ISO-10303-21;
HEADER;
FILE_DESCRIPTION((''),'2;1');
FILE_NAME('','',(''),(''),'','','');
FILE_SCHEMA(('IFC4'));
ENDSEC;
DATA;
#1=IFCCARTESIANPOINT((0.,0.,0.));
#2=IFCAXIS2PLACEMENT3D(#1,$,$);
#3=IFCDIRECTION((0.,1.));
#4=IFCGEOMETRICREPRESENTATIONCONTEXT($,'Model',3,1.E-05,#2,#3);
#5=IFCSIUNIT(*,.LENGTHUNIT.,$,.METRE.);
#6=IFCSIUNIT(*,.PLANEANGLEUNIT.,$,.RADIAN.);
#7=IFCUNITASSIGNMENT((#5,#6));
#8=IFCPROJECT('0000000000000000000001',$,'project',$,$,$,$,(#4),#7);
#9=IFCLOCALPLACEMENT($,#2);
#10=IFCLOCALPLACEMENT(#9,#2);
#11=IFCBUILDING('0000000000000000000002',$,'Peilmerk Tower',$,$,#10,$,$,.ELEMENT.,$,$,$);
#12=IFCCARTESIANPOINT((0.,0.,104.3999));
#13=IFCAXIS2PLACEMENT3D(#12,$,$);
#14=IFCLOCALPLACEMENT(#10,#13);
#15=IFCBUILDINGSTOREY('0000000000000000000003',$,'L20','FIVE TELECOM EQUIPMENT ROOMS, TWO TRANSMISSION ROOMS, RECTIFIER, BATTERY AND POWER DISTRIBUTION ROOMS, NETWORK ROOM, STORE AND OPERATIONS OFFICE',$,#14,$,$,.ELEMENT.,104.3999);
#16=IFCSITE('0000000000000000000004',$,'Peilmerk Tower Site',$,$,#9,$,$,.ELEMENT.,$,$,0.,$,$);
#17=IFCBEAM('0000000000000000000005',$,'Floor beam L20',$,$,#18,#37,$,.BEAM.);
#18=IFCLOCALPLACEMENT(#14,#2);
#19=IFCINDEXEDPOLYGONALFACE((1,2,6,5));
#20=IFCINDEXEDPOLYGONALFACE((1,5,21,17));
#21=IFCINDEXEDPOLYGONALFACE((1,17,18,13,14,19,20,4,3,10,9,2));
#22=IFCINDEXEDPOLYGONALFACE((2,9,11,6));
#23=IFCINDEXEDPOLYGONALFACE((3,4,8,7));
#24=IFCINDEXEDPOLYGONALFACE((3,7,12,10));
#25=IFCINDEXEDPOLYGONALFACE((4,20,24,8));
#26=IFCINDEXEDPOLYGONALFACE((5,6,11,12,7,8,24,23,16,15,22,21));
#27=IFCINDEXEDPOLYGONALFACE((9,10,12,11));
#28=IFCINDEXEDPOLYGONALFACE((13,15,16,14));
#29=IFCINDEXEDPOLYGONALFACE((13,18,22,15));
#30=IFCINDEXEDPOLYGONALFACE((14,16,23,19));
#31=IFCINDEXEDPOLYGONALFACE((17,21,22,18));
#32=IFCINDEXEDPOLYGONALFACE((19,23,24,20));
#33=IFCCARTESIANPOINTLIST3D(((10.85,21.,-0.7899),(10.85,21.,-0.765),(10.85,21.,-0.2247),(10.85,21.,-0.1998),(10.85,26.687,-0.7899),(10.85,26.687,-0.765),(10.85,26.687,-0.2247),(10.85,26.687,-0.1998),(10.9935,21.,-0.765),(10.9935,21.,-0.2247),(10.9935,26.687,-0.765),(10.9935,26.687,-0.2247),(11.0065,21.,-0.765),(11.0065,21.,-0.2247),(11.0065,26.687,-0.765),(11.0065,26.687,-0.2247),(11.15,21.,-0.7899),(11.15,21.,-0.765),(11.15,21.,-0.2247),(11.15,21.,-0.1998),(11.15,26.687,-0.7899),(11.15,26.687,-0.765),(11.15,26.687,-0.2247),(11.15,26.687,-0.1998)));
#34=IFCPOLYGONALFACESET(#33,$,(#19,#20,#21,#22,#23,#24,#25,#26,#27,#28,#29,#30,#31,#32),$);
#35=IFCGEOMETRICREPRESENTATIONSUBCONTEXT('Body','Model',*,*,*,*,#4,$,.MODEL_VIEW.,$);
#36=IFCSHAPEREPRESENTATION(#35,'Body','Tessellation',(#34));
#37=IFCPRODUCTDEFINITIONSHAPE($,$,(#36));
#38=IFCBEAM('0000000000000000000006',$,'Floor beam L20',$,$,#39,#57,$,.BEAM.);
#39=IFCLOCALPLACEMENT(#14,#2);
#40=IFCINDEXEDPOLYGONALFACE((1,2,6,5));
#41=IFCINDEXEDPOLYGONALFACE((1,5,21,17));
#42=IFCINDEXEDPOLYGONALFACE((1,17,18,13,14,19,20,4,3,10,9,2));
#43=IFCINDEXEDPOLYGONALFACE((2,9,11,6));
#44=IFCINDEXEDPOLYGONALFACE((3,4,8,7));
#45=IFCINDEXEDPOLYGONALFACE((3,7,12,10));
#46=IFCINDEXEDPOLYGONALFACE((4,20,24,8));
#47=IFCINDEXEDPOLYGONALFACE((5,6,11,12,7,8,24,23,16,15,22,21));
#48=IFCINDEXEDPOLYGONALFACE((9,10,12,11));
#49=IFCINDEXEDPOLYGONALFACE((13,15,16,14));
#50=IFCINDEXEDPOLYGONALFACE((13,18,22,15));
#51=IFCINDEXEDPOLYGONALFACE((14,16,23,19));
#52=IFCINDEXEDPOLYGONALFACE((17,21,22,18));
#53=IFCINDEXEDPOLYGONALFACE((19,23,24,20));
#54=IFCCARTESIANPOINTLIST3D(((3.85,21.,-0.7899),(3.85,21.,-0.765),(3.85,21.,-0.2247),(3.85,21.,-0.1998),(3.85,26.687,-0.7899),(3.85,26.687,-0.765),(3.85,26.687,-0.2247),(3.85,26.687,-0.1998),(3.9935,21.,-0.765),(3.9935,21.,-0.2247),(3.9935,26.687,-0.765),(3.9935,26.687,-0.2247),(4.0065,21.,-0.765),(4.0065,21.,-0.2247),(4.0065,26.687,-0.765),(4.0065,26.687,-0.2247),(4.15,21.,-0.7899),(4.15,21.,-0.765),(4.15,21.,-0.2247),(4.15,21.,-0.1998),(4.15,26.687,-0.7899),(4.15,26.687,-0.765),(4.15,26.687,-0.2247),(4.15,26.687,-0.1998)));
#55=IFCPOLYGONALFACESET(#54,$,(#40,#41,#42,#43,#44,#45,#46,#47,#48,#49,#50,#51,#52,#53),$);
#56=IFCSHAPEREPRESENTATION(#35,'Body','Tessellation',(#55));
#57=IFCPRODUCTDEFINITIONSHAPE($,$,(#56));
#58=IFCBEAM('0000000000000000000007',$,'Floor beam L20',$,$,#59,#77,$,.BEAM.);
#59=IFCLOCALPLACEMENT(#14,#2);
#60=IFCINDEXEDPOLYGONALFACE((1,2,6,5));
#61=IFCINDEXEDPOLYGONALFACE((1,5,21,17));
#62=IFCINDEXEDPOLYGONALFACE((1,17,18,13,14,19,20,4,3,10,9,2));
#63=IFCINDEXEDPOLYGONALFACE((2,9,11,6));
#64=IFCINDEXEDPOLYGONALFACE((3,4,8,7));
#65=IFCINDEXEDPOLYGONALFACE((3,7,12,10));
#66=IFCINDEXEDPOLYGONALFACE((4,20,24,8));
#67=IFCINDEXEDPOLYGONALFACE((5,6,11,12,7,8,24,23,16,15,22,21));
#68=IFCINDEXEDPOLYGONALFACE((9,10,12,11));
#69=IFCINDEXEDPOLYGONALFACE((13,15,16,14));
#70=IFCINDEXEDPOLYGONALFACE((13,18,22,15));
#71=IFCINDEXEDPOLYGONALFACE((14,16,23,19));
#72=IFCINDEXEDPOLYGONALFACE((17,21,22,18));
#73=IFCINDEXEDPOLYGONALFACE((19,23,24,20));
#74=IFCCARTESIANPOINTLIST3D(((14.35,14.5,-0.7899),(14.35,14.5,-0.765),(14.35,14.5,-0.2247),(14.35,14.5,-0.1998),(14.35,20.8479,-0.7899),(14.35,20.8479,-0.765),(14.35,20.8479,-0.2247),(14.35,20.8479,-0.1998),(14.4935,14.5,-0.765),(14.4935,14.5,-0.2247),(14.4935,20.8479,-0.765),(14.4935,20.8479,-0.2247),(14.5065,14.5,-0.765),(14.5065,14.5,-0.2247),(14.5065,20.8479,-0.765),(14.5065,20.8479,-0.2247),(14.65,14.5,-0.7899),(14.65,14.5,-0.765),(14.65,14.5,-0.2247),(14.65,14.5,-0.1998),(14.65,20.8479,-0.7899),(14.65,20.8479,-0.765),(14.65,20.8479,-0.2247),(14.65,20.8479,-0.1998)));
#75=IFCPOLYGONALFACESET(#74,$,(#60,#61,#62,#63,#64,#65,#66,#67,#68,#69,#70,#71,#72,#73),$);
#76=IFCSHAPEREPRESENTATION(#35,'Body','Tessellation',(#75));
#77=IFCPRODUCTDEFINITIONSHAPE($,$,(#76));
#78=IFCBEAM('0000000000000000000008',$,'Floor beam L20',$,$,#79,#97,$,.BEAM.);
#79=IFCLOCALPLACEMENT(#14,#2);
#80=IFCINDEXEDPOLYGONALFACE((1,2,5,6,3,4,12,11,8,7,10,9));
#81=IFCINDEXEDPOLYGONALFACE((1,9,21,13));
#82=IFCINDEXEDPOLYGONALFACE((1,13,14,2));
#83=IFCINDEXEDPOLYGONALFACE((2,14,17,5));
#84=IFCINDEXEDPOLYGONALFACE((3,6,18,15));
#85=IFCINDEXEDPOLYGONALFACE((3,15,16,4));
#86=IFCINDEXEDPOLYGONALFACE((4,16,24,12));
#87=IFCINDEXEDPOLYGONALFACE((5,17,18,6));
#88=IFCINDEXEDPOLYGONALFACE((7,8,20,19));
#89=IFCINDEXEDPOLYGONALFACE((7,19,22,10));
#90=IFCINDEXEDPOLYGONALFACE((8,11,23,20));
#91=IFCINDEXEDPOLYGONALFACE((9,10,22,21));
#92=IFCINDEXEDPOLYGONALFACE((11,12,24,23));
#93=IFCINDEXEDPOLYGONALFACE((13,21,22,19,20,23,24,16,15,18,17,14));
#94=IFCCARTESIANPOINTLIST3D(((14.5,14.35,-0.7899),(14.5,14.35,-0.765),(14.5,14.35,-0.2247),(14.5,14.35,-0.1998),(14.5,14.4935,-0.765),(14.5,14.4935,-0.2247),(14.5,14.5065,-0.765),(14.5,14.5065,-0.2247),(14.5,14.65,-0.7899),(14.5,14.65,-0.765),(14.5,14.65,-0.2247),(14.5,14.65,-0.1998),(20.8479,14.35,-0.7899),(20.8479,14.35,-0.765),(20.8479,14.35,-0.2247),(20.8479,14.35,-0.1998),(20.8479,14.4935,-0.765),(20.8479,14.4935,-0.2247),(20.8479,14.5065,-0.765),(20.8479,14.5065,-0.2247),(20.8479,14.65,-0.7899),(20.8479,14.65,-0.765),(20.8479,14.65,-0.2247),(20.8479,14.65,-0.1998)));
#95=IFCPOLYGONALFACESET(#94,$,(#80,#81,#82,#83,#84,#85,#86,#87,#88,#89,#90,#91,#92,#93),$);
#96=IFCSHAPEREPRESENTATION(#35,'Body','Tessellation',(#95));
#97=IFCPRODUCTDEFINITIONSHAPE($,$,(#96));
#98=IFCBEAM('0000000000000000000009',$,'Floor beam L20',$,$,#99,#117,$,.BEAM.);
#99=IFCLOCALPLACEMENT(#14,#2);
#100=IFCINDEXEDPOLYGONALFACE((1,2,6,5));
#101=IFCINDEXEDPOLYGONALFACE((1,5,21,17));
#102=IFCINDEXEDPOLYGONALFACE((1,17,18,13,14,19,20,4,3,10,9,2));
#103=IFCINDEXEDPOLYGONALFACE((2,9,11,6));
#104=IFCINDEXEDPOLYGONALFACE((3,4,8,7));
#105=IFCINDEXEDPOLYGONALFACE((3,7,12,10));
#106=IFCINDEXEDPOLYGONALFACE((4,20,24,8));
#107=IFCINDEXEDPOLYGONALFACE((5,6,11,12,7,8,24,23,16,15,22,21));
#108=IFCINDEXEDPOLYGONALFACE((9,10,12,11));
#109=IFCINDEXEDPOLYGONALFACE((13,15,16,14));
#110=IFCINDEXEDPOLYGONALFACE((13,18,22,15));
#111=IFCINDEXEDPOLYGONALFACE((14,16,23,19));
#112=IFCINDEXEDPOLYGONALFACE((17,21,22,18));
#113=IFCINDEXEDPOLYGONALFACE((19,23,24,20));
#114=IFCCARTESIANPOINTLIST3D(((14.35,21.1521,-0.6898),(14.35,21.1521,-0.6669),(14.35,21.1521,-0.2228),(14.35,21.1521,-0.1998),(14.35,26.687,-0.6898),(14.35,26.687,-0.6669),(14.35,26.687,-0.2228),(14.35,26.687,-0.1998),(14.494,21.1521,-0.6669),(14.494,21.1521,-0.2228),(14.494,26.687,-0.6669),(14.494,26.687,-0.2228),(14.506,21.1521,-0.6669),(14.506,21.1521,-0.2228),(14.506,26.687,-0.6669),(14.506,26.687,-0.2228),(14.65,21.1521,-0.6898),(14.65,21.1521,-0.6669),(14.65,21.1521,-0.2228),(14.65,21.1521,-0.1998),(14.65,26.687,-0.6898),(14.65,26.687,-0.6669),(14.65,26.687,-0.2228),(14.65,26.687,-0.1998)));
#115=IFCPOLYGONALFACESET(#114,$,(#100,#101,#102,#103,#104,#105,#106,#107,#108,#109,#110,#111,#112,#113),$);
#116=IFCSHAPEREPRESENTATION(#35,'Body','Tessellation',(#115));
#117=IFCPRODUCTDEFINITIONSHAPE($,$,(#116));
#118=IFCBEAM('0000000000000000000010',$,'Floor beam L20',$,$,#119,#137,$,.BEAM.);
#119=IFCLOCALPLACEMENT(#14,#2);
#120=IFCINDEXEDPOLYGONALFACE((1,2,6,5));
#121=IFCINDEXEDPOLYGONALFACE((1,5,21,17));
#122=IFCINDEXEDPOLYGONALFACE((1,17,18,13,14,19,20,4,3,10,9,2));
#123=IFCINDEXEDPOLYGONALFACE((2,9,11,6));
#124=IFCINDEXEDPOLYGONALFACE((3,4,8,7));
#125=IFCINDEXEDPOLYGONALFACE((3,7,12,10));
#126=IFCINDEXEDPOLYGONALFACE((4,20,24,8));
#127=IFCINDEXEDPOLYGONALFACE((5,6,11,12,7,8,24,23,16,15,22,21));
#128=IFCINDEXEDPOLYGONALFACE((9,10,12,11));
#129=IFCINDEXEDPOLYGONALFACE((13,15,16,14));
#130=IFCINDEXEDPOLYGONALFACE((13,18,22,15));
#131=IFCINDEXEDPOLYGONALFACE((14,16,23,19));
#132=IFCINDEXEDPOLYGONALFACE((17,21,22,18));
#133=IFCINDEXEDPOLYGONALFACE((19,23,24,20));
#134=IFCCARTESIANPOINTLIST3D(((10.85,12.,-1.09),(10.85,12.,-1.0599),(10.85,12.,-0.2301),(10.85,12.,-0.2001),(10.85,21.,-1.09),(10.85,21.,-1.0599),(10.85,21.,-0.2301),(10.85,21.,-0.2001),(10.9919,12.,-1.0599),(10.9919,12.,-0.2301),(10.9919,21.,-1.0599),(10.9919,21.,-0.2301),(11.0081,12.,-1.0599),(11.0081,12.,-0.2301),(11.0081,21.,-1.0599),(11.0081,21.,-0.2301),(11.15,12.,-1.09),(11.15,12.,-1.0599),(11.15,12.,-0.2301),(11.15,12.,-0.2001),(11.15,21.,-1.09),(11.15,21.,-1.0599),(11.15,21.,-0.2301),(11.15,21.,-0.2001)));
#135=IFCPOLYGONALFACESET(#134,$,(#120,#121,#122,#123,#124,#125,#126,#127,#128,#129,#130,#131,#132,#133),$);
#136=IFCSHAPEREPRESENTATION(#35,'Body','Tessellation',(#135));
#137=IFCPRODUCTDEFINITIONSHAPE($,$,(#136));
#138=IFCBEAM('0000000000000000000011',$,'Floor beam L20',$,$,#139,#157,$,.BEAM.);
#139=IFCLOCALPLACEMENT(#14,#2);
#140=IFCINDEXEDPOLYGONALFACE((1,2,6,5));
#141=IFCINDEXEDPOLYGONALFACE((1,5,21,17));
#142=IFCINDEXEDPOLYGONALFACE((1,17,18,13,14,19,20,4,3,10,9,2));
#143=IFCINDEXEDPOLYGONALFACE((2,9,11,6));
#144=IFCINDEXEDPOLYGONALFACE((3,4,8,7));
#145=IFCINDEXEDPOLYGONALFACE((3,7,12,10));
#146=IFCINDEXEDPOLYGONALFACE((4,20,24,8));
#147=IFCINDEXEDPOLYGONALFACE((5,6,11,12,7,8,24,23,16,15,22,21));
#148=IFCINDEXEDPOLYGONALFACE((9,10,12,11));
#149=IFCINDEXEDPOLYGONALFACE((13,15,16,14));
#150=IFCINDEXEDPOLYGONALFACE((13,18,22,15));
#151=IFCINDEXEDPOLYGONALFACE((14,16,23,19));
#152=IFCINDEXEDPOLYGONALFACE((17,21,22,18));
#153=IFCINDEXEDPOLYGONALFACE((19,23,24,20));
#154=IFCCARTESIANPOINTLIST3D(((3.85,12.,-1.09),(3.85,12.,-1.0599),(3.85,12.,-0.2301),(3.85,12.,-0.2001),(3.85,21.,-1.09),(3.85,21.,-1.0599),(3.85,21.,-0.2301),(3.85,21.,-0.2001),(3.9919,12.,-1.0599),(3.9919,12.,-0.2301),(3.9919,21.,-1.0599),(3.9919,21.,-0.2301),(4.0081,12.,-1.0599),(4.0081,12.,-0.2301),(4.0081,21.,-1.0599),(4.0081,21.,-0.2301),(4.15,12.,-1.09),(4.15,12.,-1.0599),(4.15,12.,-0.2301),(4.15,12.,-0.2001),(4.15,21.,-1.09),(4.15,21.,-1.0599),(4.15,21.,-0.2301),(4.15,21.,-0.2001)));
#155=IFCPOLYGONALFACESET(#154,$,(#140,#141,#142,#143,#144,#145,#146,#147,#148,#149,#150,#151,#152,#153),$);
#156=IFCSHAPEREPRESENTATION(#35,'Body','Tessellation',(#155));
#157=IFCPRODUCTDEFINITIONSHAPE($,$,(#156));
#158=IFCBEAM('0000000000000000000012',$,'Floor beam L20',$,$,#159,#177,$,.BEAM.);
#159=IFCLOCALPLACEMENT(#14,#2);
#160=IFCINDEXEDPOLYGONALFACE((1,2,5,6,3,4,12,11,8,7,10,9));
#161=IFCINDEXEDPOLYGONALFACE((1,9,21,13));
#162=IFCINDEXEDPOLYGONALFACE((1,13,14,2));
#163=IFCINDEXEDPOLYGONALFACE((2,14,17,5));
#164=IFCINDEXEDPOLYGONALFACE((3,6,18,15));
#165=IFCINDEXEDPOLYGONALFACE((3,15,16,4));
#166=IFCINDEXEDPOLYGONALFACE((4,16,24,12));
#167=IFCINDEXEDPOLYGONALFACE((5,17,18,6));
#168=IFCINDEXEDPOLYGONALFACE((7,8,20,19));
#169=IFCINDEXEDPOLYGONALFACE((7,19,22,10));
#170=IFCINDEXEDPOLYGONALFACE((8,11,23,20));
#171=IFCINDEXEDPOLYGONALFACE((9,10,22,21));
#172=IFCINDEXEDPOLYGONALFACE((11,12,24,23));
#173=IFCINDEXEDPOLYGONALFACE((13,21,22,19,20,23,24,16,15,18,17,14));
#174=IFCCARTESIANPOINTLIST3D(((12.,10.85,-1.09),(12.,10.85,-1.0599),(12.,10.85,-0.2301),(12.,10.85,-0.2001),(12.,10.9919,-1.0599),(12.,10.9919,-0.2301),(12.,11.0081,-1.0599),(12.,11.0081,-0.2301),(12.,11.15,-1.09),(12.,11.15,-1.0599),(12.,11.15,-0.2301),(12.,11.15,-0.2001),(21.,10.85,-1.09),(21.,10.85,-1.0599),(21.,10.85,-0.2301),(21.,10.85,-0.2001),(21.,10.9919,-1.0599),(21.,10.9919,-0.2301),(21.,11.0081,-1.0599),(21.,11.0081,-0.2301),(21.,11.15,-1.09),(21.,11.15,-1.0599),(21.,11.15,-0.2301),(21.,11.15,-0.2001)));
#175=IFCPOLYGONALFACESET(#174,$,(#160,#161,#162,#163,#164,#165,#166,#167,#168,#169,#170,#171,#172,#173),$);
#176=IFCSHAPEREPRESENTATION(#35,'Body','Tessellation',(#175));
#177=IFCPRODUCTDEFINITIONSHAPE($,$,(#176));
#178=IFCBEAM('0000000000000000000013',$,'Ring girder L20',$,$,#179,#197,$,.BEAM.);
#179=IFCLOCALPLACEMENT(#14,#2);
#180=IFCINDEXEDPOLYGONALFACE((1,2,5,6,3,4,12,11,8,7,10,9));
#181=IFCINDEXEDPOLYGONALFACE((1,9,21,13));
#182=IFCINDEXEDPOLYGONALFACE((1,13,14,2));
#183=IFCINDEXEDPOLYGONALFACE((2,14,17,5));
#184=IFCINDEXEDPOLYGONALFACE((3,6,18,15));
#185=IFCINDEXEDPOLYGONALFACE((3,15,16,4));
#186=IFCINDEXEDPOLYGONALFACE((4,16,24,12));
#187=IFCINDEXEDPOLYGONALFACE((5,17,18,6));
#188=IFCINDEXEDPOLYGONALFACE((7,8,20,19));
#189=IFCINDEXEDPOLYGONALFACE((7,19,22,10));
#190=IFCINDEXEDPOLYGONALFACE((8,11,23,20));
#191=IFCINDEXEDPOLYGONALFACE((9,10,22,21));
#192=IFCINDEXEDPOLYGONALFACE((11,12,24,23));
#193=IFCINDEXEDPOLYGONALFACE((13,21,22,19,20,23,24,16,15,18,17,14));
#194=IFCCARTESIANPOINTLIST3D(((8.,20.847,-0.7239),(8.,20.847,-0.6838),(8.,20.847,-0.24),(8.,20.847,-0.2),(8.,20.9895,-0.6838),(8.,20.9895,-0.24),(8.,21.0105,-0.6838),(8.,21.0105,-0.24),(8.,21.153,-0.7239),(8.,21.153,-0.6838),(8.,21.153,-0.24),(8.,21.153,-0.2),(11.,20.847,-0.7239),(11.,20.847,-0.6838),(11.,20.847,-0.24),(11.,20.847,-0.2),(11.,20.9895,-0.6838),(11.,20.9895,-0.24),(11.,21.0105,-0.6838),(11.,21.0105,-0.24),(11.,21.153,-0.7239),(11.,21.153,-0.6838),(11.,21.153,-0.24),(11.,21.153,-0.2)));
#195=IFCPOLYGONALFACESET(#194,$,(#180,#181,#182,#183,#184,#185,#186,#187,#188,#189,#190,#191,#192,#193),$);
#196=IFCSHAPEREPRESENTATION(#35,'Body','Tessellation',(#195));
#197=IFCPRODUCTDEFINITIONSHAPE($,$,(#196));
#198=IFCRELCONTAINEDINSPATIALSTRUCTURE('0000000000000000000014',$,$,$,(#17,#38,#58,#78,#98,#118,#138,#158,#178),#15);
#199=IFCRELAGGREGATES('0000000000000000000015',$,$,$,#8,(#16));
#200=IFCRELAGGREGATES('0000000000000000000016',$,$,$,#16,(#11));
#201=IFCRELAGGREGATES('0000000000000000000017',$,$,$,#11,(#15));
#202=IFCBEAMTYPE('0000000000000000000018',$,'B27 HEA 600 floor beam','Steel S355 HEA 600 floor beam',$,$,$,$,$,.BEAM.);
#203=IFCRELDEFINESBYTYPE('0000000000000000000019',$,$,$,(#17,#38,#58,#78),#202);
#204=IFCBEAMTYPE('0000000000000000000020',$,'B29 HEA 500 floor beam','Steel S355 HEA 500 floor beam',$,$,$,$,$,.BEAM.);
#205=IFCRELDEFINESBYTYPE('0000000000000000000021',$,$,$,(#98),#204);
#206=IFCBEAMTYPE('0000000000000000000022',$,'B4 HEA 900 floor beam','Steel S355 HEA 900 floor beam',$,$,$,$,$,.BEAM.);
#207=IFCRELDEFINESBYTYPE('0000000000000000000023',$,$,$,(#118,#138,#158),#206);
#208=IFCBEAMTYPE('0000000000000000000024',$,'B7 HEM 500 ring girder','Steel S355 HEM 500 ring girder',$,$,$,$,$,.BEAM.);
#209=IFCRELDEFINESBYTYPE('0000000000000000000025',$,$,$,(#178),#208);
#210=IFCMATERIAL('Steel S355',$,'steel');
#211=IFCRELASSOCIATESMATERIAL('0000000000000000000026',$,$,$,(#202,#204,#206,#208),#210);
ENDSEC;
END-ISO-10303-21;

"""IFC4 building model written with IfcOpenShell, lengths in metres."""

from ifc_helpers import new_model, si_unit, direction, frame, origin, origin_2d, place, context, subcontext, project, spatial, i_section, extrude, material, material_profile, profile_set, type_object, element, save


model = new_model("IFC4")

# Units and contexts
model_context = context("Model", 3, precision=1e-05, world=origin(), true_north=direction((0.0, 1.0)))
body_context = subcontext(model_context, "Body", "Model", "MODEL_VIEW")
ifc_project = project(units=[si_unit("LENGTHUNIT", "METRE"), si_unit("PLANEANGLEUNIT", "RADIAN")], contexts=[model_context])

# Site, building, storey
site_placement = place(None, origin())
site = spatial("IfcSite", under=ifc_project, at=site_placement, Name="Peilmerk Tower Site", CompositionType="ELEMENT", RefElevation=0.0)
building_placement = place(site_placement, origin())
building = spatial("IfcBuilding", under=site, at=building_placement, Name="Peilmerk Tower", CompositionType="ELEMENT")
storey_placement = place(building_placement, frame((0.0, 0.0, 104.3999)))
storey = spatial("IfcBuildingStorey", under=building, at=storey_placement, Name="L20", Description="FIVE TELECOM EQUIPMENT ROOMS, TWO TRANSMISSION ROOMS, RECTIFIER, BATTERY AND POWER DISTRIBUTION ROOMS, NETWORK ROOM, STORE AND OPERATIONS OFFICE", CompositionType="ELEMENT", Elevation=104.3999)

# Beams
ifc_material_1 = material(Name="Steel S355", Category="steel")
ifc_material_profile_1 = material_profile(ifc_material_1, i_section(OverallWidth=0.3, OverallDepth=0.5901, WebThickness=0.0129, FlangeThickness=0.0249, at=origin_2d()), Name="HEA 600")
ifc_profile_set_1 = profile_set([ifc_material_profile_1], Name="Steel S355")
beam_type_1 = type_object("IfcBeamType", Name="B27 HEA 600 floor beam", Description="Steel S355 HEA 600 floor beam", PredefinedType="BEAM", material=ifc_profile_set_1)
for number, where, z_axis, x_axis, name in (
    (1, (11.0, 21.0, -0.4949), (0.0, 1.0, 0.0), (-1.0, 0.0, 0.0), "Floor beam L20"),
    (2, (4.0, 21.0, -0.4949), (0.0, 1.0, 0.0), (-1.0, 0.0, 0.0), "Floor beam L20"),
):
    element("IfcBeam", number, at=place(storey_placement, frame(where, z_axis=z_axis, x_axis=x_axis)), inside=storey, type_object=beam_type_1, Name=name, PredefinedType="BEAM", context=body_context, shape_type="SweptSolid", body=[
        extrude(i_section(OverallWidth=0.3, OverallDepth=0.5901, WebThickness=0.0129, FlangeThickness=0.0249, at=origin_2d()), origin(), (0.0, 0.0, 1.0), 5.687),
    ])
for number, where, z_axis, x_axis, name in (
    (3, (14.5, 14.5, -0.4949), (0.0, 1.0, 0.0), (-1.0, 0.0, 0.0), "Floor beam L20"),
    (4, (14.5, 14.5, -0.4949), (1.0, 0.0, 0.0), (0.0, 1.0, 0.0), "Floor beam L20"),
):
    element("IfcBeam", number, at=place(storey_placement, frame(where, z_axis=z_axis, x_axis=x_axis)), inside=storey, type_object=beam_type_1, Name=name, PredefinedType="BEAM", context=body_context, shape_type="SweptSolid", body=[
        extrude(i_section(OverallWidth=0.3, OverallDepth=0.5901, WebThickness=0.0129, FlangeThickness=0.0249, at=origin_2d()), origin(), (0.0, 0.0, 1.0), 6.3479),
    ])
ifc_material_profile_2 = material_profile(ifc_material_1, i_section(OverallWidth=0.3, OverallDepth=0.49, WebThickness=0.012, FlangeThickness=0.0229, at=origin_2d()), Name="HEA 500")
ifc_profile_set_2 = profile_set([ifc_material_profile_2], Name="Steel S355")
beam_type_2 = type_object("IfcBeamType", Name="B29 HEA 500 floor beam", Description="Steel S355 HEA 500 floor beam", PredefinedType="BEAM", material=ifc_profile_set_2)
beam_1_placement = place(storey_placement, frame((14.5, 21.1521, -0.4448), z_axis=(0.0, 1.0, 0.0), x_axis=(-1.0, 0.0, 0.0)))
element("IfcBeam", 5, at=beam_1_placement, inside=storey, type_object=beam_type_2, Name="Floor beam L20", PredefinedType="BEAM", context=body_context, shape_type="SweptSolid", body=[
    extrude(i_section(OverallWidth=0.3, OverallDepth=0.49, WebThickness=0.012, FlangeThickness=0.0229, at=origin_2d()), origin(), (0.0, 0.0, 1.0), 5.5349),
])
ifc_material_profile_3 = material_profile(ifc_material_1, i_section(OverallWidth=0.3, OverallDepth=0.8899, WebThickness=0.0161, FlangeThickness=0.03, at=origin_2d()), Name="HEA 900")
ifc_profile_set_3 = profile_set([ifc_material_profile_3], Name="Steel S355")
beam_type_3 = type_object("IfcBeamType", Name="B4 HEA 900 floor beam", Description="Steel S355 HEA 900 floor beam", PredefinedType="BEAM", material=ifc_profile_set_3)
for number, where, z_axis, x_axis, name in (
    (6, (11.0, 12.0, -0.645), (0.0, 1.0, 0.0), (-1.0, 0.0, 0.0), "Floor beam L20"),
    (7, (4.0, 12.0, -0.645), (0.0, 1.0, 0.0), (-1.0, 0.0, 0.0), "Floor beam L20"),
    (8, (12.0, 11.0, -0.645), (1.0, 0.0, 0.0), (0.0, 1.0, 0.0), "Floor beam L20"),
):
    element("IfcBeam", number, at=place(storey_placement, frame(where, z_axis=z_axis, x_axis=x_axis)), inside=storey, type_object=beam_type_3, Name=name, PredefinedType="BEAM", context=body_context, shape_type="SweptSolid", body=[
        extrude(i_section(OverallWidth=0.3, OverallDepth=0.8899, WebThickness=0.0161, FlangeThickness=0.03, at=origin_2d()), origin(), (0.0, 0.0, 1.0), 9.0),
    ])
ifc_material_profile_4 = material_profile(ifc_material_1, i_section(OverallWidth=0.3059, OverallDepth=0.5239, WebThickness=0.021, FlangeThickness=0.04, at=origin_2d()), Name="HEM 500")
ifc_profile_set_4 = profile_set([ifc_material_profile_4], Name="Steel S355")
beam_type_4 = type_object("IfcBeamType", Name="B7 HEM 500 ring girder", Description="Steel S355 HEM 500 ring girder", PredefinedType="BEAM", material=ifc_profile_set_4)
beam_2_placement = place(storey_placement, frame((11.0, 21.0, -0.4619), z_axis=(-1.0, 0.0, 0.0), x_axis=(0.0, -1.0, 0.0)))
element("IfcBeam", 9, at=beam_2_placement, inside=storey, type_object=beam_type_4, Name="Ring girder L20", PredefinedType="BEAM", context=body_context, shape_type="SweptSolid", body=[
    extrude(i_section(OverallWidth=0.3059, OverallDepth=0.5239, WebThickness=0.021, FlangeThickness=0.04, at=origin_2d()), origin(), (0.0, 0.0, 1.0), 3.0),
])

save(model, "model.ifc")
